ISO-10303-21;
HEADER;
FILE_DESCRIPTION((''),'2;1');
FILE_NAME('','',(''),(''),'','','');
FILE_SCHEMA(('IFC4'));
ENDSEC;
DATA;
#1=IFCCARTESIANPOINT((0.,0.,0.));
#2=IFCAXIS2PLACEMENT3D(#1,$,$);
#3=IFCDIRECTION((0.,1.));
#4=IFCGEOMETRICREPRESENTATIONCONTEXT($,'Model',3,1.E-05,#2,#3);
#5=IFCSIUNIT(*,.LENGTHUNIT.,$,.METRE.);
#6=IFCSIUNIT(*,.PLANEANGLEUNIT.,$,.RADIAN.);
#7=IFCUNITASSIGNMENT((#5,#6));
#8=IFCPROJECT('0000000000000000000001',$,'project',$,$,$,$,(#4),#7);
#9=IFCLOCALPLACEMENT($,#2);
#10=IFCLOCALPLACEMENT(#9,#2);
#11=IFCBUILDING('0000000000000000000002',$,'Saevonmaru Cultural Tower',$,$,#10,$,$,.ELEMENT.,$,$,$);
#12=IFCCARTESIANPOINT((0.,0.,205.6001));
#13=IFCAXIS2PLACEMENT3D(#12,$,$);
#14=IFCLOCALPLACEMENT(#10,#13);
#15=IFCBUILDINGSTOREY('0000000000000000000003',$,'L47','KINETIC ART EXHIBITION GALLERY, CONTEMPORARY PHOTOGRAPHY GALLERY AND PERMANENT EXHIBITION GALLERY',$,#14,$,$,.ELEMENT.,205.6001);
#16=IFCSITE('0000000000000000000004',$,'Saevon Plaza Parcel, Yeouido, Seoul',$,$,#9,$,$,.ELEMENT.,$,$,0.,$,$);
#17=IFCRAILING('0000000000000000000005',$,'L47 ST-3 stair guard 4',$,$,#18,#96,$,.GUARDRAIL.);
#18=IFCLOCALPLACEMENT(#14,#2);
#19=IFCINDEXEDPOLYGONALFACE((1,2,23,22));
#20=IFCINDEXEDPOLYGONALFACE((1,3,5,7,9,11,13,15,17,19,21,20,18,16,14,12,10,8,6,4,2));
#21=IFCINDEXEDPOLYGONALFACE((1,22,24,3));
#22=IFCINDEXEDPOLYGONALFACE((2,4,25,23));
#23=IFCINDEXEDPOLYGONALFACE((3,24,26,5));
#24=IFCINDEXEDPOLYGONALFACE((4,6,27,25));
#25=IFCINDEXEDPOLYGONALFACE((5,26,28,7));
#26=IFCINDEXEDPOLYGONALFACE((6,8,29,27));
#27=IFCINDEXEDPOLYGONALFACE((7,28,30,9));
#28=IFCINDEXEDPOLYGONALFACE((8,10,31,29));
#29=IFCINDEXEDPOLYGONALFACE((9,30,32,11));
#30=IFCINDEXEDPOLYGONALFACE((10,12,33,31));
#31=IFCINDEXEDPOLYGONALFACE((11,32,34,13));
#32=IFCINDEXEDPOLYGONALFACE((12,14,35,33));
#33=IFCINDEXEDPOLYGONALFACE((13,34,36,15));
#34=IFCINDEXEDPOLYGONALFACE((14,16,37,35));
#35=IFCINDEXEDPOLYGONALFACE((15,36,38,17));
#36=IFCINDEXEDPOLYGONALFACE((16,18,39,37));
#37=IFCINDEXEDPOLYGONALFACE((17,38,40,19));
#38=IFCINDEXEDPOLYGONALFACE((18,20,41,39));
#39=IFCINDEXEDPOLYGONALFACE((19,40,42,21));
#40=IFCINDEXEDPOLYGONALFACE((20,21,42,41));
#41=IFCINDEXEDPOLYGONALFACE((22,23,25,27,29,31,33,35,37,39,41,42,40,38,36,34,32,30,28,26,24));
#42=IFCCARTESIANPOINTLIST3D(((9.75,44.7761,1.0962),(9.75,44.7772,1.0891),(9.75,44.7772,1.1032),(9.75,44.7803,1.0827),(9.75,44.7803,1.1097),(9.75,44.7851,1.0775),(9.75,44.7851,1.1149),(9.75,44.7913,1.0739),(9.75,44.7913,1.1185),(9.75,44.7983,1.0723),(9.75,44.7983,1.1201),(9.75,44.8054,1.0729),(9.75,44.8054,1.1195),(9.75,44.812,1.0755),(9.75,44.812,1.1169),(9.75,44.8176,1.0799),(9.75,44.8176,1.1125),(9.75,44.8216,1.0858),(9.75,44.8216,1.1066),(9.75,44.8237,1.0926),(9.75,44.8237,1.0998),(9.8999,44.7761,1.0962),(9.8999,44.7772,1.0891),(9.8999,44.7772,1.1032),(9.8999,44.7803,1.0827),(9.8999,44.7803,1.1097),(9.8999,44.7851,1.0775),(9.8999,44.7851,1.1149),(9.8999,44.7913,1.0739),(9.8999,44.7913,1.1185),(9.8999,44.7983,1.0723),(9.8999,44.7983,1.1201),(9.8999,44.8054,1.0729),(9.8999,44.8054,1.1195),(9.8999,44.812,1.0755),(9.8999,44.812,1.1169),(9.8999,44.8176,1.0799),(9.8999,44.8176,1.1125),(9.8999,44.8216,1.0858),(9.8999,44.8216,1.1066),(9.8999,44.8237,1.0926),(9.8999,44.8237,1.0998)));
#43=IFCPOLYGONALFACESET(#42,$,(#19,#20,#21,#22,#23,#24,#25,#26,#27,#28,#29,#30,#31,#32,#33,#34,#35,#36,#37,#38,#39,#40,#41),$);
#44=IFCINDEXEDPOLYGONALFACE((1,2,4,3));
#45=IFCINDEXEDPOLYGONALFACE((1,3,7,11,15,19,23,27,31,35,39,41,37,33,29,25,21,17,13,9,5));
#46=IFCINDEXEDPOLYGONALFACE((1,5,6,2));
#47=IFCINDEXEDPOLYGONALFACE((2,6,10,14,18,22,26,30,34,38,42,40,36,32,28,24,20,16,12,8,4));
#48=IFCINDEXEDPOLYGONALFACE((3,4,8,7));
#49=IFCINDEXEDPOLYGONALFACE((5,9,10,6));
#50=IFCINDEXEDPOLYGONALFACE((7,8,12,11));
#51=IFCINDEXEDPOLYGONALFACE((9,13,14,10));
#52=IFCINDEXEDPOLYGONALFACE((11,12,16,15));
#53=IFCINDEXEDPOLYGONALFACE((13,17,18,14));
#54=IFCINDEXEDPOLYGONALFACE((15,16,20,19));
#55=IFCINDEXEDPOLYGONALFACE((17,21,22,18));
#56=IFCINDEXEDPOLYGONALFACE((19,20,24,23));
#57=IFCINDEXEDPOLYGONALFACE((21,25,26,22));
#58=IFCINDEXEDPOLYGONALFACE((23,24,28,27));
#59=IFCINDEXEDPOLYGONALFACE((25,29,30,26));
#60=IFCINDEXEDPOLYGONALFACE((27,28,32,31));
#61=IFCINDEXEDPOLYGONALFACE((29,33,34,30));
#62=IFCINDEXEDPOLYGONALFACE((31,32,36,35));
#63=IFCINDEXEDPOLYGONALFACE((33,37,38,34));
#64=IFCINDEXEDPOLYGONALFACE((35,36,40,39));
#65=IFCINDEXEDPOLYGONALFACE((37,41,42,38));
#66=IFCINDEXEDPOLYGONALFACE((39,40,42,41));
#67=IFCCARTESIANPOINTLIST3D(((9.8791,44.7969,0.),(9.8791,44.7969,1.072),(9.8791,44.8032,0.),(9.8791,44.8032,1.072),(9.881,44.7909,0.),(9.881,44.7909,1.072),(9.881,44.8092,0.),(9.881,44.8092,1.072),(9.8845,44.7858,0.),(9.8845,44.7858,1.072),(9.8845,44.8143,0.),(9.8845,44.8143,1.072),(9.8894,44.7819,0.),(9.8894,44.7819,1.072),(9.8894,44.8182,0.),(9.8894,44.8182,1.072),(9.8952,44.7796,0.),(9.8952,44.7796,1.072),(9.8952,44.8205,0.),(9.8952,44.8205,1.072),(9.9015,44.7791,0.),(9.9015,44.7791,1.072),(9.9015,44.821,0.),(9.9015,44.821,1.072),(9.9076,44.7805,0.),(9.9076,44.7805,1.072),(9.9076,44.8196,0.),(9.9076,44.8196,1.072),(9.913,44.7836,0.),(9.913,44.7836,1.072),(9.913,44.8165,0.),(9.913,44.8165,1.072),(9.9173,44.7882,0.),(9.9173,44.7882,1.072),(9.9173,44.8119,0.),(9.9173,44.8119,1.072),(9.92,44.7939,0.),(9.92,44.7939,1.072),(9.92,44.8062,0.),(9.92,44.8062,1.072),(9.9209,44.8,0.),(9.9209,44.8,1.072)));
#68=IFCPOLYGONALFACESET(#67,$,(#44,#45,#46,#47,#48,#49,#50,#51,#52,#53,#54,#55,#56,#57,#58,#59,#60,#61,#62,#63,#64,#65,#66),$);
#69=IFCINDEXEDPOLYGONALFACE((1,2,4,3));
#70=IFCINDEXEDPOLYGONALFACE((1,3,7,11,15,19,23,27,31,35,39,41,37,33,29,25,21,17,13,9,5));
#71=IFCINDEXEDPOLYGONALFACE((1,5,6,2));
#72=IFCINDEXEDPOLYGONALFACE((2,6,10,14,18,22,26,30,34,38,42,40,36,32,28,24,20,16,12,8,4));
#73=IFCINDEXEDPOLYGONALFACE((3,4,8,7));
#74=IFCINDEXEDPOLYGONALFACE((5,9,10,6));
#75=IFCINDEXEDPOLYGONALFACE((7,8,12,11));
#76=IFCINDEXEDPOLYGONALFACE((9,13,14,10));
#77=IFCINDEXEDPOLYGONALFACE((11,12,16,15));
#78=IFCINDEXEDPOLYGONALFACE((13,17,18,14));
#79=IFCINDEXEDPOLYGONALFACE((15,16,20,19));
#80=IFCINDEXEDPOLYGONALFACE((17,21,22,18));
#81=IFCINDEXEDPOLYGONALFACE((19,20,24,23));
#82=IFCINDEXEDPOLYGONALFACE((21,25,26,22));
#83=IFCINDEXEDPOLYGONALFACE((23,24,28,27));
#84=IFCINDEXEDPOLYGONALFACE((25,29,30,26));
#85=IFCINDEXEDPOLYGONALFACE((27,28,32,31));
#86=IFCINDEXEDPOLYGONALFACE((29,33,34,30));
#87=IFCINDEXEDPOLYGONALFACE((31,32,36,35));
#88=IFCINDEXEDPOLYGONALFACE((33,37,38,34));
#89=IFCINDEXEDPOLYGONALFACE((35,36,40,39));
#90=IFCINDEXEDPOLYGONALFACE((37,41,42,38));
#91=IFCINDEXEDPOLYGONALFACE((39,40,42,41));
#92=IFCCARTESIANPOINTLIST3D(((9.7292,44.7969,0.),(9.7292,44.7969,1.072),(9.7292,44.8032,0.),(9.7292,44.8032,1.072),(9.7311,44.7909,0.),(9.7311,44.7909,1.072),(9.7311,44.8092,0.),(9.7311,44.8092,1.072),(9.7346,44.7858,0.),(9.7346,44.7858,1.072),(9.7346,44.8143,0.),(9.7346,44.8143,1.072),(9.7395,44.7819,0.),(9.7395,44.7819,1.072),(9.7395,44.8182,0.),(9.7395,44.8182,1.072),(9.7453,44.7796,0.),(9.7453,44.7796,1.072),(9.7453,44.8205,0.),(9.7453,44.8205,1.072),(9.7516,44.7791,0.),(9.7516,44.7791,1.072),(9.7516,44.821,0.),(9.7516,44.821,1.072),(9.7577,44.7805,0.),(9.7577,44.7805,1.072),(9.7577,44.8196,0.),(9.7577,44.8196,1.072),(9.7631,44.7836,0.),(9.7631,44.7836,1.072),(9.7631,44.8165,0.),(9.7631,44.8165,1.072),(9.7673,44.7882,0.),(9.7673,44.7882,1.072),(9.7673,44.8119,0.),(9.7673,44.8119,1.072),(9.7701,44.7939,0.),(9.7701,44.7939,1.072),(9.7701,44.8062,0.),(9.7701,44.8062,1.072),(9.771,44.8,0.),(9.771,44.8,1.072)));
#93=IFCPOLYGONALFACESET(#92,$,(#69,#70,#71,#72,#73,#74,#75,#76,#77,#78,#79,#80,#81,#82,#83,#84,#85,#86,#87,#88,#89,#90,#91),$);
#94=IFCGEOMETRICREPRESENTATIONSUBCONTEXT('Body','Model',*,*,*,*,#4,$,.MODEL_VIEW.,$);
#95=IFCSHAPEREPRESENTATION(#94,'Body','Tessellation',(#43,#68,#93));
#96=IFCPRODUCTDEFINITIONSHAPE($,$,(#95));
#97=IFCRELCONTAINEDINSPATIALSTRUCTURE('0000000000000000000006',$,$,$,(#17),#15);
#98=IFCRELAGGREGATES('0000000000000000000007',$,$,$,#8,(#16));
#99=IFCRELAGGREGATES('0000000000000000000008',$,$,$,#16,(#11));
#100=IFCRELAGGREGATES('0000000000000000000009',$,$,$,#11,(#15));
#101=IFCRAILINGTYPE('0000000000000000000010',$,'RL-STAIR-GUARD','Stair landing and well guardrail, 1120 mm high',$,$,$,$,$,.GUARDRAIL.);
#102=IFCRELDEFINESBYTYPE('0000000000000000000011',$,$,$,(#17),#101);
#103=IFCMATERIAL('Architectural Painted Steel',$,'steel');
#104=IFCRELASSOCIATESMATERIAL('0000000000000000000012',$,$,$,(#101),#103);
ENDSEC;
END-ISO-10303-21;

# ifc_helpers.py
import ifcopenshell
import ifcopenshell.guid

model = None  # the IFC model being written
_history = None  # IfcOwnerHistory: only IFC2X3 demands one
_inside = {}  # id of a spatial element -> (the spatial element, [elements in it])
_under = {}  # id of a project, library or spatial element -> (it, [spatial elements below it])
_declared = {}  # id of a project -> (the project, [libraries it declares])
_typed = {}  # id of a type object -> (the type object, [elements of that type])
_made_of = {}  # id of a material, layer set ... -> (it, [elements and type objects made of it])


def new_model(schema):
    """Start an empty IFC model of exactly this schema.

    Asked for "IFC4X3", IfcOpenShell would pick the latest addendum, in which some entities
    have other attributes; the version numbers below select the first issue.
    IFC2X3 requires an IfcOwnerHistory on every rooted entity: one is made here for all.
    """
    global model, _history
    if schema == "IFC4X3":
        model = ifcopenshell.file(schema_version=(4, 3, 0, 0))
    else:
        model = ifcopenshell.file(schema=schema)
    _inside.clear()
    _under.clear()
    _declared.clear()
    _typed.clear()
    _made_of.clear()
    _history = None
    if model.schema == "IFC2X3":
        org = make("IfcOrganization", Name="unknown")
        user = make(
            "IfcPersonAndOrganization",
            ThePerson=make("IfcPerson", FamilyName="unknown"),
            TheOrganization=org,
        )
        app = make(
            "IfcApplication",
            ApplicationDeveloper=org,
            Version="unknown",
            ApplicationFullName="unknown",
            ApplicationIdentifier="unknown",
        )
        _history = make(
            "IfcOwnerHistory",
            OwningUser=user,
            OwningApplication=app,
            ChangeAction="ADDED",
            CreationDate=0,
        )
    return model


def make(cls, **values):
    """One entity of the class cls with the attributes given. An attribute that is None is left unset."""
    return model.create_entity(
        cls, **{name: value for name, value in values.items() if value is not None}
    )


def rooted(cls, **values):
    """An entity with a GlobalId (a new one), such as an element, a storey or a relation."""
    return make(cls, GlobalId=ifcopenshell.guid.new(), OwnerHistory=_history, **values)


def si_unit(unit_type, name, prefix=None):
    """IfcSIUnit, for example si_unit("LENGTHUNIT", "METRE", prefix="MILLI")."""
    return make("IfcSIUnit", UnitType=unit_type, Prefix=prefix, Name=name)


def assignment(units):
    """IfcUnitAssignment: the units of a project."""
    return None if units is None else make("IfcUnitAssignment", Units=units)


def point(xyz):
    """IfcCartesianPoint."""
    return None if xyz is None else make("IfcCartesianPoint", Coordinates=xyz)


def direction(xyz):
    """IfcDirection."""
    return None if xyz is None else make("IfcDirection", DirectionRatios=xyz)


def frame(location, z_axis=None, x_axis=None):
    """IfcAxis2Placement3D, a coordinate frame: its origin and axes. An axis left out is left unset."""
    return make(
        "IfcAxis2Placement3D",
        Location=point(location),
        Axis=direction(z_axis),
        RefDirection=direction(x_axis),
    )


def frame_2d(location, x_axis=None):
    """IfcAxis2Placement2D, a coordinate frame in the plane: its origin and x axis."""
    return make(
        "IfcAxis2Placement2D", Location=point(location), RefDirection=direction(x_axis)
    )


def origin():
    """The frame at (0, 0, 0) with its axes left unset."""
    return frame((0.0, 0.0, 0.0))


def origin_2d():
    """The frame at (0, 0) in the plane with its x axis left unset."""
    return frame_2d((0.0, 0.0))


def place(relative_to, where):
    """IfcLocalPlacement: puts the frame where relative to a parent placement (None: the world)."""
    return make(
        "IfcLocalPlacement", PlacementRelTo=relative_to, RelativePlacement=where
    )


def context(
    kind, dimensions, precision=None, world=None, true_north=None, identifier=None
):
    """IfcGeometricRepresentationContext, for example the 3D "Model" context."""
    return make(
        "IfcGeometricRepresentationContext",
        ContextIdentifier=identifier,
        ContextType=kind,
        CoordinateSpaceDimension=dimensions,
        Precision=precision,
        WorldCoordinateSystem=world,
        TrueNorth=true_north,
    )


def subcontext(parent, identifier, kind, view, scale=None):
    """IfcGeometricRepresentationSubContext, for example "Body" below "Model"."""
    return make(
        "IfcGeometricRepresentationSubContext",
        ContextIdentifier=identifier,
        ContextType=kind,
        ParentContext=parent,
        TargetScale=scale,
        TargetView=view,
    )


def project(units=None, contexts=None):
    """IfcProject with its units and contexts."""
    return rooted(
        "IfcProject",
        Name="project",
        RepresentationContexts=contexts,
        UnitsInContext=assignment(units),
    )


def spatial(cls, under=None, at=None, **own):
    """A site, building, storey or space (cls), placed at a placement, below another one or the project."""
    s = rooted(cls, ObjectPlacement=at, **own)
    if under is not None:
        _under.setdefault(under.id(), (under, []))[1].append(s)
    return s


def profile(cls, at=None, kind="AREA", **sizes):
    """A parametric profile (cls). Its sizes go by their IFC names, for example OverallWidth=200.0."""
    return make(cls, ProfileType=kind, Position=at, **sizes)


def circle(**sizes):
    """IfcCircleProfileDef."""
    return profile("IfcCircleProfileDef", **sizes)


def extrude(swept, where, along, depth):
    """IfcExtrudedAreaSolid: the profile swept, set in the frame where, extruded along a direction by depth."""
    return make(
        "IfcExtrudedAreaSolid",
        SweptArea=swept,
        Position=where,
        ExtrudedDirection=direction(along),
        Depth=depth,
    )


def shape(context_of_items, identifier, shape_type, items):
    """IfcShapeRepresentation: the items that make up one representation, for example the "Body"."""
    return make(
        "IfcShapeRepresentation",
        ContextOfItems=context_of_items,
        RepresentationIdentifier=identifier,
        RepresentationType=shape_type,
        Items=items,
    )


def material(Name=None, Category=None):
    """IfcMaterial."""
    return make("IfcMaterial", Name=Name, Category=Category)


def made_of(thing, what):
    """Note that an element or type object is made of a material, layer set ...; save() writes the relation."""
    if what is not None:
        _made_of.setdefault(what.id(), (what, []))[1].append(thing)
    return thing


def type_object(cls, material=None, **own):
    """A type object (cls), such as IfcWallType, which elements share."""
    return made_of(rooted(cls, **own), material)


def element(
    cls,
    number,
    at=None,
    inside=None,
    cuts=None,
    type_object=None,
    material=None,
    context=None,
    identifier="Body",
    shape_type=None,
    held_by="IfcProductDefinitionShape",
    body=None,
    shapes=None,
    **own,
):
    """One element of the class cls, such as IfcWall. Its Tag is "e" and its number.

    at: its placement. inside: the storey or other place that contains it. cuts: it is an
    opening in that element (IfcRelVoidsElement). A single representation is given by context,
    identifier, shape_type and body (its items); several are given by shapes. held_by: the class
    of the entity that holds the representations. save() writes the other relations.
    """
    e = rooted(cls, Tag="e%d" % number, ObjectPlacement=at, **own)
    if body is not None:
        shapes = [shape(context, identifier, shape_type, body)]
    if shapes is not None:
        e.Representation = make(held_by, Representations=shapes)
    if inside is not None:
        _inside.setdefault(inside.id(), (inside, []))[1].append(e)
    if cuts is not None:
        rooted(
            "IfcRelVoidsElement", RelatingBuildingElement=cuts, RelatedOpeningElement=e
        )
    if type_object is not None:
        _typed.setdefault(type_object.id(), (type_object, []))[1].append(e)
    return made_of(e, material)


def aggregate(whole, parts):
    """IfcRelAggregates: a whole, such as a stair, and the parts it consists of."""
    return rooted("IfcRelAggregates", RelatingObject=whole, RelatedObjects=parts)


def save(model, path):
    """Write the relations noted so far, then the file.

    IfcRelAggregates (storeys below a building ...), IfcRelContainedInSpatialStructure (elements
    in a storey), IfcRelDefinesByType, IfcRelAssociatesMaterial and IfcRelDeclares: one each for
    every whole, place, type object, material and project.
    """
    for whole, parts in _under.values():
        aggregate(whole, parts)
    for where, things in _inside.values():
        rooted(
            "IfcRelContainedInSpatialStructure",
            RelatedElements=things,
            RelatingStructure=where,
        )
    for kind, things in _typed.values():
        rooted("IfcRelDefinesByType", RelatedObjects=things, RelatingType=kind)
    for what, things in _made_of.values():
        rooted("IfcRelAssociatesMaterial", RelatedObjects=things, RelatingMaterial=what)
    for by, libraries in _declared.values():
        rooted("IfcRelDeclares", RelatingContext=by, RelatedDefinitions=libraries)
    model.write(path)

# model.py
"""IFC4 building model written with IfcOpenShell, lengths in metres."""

from ifc_helpers import new_model, si_unit, direction, frame, origin, origin_2d, place, context, subcontext, project, spatial, circle, extrude, material, type_object, element, save


model = new_model("IFC4")

# Units and contexts
model_context = context("Model", 3, precision=1e-05, world=origin(), true_north=direction((0.0, 1.0)))
body_context = subcontext(model_context, "Body", "Model", "MODEL_VIEW")
ifc_project = project(units=[si_unit("LENGTHUNIT", "METRE"), si_unit("PLANEANGLEUNIT", "RADIAN")], contexts=[model_context])

# Site, building, storey
site_placement = place(None, origin())
site = spatial("IfcSite", under=ifc_project, at=site_placement, Name="Saevon Plaza Parcel, Yeouido, Seoul", CompositionType="ELEMENT", RefElevation=0.0)
building_placement = place(site_placement, origin())
building = spatial("IfcBuilding", under=site, at=building_placement, Name="Saevonmaru Cultural Tower", CompositionType="ELEMENT")
storey_placement = place(building_placement, frame((0.0, 0.0, 205.6001)))
storey = spatial("IfcBuildingStorey", under=building, at=storey_placement, Name="L47", Description="KINETIC ART EXHIBITION GALLERY, CONTEMPORARY PHOTOGRAPHY GALLERY AND PERMANENT EXHIBITION GALLERY", CompositionType="ELEMENT", Elevation=205.6001)

# Railing
ifc_material_1 = material(Name="Architectural Painted Steel", Category="steel")
railing_type_1 = type_object("IfcRailingType", Name="RL-STAIR-GUARD", Description="Stair landing and well guardrail, 1120 mm high", PredefinedType="GUARDRAIL", material=ifc_material_1)
railing_1_placement = place(storey_placement, frame((9.8999, 44.8, 0.0)))
element("IfcRailing", 1, at=railing_1_placement, inside=storey, type_object=railing_type_1, Name="L47 ST-3 stair guard 4", PredefinedType="GUARDRAIL", context=body_context, shape_type="SweptSolid", body=[
    extrude(circle(Radius=0.0239, at=origin_2d()), frame((0.0, 0.0, 1.0962), z_axis=(-1.0, 0.0, 0.0), x_axis=(0.0, -1.0, 0.0)), (0.0, 0.0, 1.0), 0.1499),
    extrude(circle(Radius=0.021, at=origin_2d()), origin(), (0.0, 0.0, 1.0), 1.072),
    extrude(circle(Radius=0.021, at=origin_2d()), frame((-0.1499, 0.0, 0.0)), (0.0, 0.0, 1.0), 1.072),
])

save(model, "model.ifc")
